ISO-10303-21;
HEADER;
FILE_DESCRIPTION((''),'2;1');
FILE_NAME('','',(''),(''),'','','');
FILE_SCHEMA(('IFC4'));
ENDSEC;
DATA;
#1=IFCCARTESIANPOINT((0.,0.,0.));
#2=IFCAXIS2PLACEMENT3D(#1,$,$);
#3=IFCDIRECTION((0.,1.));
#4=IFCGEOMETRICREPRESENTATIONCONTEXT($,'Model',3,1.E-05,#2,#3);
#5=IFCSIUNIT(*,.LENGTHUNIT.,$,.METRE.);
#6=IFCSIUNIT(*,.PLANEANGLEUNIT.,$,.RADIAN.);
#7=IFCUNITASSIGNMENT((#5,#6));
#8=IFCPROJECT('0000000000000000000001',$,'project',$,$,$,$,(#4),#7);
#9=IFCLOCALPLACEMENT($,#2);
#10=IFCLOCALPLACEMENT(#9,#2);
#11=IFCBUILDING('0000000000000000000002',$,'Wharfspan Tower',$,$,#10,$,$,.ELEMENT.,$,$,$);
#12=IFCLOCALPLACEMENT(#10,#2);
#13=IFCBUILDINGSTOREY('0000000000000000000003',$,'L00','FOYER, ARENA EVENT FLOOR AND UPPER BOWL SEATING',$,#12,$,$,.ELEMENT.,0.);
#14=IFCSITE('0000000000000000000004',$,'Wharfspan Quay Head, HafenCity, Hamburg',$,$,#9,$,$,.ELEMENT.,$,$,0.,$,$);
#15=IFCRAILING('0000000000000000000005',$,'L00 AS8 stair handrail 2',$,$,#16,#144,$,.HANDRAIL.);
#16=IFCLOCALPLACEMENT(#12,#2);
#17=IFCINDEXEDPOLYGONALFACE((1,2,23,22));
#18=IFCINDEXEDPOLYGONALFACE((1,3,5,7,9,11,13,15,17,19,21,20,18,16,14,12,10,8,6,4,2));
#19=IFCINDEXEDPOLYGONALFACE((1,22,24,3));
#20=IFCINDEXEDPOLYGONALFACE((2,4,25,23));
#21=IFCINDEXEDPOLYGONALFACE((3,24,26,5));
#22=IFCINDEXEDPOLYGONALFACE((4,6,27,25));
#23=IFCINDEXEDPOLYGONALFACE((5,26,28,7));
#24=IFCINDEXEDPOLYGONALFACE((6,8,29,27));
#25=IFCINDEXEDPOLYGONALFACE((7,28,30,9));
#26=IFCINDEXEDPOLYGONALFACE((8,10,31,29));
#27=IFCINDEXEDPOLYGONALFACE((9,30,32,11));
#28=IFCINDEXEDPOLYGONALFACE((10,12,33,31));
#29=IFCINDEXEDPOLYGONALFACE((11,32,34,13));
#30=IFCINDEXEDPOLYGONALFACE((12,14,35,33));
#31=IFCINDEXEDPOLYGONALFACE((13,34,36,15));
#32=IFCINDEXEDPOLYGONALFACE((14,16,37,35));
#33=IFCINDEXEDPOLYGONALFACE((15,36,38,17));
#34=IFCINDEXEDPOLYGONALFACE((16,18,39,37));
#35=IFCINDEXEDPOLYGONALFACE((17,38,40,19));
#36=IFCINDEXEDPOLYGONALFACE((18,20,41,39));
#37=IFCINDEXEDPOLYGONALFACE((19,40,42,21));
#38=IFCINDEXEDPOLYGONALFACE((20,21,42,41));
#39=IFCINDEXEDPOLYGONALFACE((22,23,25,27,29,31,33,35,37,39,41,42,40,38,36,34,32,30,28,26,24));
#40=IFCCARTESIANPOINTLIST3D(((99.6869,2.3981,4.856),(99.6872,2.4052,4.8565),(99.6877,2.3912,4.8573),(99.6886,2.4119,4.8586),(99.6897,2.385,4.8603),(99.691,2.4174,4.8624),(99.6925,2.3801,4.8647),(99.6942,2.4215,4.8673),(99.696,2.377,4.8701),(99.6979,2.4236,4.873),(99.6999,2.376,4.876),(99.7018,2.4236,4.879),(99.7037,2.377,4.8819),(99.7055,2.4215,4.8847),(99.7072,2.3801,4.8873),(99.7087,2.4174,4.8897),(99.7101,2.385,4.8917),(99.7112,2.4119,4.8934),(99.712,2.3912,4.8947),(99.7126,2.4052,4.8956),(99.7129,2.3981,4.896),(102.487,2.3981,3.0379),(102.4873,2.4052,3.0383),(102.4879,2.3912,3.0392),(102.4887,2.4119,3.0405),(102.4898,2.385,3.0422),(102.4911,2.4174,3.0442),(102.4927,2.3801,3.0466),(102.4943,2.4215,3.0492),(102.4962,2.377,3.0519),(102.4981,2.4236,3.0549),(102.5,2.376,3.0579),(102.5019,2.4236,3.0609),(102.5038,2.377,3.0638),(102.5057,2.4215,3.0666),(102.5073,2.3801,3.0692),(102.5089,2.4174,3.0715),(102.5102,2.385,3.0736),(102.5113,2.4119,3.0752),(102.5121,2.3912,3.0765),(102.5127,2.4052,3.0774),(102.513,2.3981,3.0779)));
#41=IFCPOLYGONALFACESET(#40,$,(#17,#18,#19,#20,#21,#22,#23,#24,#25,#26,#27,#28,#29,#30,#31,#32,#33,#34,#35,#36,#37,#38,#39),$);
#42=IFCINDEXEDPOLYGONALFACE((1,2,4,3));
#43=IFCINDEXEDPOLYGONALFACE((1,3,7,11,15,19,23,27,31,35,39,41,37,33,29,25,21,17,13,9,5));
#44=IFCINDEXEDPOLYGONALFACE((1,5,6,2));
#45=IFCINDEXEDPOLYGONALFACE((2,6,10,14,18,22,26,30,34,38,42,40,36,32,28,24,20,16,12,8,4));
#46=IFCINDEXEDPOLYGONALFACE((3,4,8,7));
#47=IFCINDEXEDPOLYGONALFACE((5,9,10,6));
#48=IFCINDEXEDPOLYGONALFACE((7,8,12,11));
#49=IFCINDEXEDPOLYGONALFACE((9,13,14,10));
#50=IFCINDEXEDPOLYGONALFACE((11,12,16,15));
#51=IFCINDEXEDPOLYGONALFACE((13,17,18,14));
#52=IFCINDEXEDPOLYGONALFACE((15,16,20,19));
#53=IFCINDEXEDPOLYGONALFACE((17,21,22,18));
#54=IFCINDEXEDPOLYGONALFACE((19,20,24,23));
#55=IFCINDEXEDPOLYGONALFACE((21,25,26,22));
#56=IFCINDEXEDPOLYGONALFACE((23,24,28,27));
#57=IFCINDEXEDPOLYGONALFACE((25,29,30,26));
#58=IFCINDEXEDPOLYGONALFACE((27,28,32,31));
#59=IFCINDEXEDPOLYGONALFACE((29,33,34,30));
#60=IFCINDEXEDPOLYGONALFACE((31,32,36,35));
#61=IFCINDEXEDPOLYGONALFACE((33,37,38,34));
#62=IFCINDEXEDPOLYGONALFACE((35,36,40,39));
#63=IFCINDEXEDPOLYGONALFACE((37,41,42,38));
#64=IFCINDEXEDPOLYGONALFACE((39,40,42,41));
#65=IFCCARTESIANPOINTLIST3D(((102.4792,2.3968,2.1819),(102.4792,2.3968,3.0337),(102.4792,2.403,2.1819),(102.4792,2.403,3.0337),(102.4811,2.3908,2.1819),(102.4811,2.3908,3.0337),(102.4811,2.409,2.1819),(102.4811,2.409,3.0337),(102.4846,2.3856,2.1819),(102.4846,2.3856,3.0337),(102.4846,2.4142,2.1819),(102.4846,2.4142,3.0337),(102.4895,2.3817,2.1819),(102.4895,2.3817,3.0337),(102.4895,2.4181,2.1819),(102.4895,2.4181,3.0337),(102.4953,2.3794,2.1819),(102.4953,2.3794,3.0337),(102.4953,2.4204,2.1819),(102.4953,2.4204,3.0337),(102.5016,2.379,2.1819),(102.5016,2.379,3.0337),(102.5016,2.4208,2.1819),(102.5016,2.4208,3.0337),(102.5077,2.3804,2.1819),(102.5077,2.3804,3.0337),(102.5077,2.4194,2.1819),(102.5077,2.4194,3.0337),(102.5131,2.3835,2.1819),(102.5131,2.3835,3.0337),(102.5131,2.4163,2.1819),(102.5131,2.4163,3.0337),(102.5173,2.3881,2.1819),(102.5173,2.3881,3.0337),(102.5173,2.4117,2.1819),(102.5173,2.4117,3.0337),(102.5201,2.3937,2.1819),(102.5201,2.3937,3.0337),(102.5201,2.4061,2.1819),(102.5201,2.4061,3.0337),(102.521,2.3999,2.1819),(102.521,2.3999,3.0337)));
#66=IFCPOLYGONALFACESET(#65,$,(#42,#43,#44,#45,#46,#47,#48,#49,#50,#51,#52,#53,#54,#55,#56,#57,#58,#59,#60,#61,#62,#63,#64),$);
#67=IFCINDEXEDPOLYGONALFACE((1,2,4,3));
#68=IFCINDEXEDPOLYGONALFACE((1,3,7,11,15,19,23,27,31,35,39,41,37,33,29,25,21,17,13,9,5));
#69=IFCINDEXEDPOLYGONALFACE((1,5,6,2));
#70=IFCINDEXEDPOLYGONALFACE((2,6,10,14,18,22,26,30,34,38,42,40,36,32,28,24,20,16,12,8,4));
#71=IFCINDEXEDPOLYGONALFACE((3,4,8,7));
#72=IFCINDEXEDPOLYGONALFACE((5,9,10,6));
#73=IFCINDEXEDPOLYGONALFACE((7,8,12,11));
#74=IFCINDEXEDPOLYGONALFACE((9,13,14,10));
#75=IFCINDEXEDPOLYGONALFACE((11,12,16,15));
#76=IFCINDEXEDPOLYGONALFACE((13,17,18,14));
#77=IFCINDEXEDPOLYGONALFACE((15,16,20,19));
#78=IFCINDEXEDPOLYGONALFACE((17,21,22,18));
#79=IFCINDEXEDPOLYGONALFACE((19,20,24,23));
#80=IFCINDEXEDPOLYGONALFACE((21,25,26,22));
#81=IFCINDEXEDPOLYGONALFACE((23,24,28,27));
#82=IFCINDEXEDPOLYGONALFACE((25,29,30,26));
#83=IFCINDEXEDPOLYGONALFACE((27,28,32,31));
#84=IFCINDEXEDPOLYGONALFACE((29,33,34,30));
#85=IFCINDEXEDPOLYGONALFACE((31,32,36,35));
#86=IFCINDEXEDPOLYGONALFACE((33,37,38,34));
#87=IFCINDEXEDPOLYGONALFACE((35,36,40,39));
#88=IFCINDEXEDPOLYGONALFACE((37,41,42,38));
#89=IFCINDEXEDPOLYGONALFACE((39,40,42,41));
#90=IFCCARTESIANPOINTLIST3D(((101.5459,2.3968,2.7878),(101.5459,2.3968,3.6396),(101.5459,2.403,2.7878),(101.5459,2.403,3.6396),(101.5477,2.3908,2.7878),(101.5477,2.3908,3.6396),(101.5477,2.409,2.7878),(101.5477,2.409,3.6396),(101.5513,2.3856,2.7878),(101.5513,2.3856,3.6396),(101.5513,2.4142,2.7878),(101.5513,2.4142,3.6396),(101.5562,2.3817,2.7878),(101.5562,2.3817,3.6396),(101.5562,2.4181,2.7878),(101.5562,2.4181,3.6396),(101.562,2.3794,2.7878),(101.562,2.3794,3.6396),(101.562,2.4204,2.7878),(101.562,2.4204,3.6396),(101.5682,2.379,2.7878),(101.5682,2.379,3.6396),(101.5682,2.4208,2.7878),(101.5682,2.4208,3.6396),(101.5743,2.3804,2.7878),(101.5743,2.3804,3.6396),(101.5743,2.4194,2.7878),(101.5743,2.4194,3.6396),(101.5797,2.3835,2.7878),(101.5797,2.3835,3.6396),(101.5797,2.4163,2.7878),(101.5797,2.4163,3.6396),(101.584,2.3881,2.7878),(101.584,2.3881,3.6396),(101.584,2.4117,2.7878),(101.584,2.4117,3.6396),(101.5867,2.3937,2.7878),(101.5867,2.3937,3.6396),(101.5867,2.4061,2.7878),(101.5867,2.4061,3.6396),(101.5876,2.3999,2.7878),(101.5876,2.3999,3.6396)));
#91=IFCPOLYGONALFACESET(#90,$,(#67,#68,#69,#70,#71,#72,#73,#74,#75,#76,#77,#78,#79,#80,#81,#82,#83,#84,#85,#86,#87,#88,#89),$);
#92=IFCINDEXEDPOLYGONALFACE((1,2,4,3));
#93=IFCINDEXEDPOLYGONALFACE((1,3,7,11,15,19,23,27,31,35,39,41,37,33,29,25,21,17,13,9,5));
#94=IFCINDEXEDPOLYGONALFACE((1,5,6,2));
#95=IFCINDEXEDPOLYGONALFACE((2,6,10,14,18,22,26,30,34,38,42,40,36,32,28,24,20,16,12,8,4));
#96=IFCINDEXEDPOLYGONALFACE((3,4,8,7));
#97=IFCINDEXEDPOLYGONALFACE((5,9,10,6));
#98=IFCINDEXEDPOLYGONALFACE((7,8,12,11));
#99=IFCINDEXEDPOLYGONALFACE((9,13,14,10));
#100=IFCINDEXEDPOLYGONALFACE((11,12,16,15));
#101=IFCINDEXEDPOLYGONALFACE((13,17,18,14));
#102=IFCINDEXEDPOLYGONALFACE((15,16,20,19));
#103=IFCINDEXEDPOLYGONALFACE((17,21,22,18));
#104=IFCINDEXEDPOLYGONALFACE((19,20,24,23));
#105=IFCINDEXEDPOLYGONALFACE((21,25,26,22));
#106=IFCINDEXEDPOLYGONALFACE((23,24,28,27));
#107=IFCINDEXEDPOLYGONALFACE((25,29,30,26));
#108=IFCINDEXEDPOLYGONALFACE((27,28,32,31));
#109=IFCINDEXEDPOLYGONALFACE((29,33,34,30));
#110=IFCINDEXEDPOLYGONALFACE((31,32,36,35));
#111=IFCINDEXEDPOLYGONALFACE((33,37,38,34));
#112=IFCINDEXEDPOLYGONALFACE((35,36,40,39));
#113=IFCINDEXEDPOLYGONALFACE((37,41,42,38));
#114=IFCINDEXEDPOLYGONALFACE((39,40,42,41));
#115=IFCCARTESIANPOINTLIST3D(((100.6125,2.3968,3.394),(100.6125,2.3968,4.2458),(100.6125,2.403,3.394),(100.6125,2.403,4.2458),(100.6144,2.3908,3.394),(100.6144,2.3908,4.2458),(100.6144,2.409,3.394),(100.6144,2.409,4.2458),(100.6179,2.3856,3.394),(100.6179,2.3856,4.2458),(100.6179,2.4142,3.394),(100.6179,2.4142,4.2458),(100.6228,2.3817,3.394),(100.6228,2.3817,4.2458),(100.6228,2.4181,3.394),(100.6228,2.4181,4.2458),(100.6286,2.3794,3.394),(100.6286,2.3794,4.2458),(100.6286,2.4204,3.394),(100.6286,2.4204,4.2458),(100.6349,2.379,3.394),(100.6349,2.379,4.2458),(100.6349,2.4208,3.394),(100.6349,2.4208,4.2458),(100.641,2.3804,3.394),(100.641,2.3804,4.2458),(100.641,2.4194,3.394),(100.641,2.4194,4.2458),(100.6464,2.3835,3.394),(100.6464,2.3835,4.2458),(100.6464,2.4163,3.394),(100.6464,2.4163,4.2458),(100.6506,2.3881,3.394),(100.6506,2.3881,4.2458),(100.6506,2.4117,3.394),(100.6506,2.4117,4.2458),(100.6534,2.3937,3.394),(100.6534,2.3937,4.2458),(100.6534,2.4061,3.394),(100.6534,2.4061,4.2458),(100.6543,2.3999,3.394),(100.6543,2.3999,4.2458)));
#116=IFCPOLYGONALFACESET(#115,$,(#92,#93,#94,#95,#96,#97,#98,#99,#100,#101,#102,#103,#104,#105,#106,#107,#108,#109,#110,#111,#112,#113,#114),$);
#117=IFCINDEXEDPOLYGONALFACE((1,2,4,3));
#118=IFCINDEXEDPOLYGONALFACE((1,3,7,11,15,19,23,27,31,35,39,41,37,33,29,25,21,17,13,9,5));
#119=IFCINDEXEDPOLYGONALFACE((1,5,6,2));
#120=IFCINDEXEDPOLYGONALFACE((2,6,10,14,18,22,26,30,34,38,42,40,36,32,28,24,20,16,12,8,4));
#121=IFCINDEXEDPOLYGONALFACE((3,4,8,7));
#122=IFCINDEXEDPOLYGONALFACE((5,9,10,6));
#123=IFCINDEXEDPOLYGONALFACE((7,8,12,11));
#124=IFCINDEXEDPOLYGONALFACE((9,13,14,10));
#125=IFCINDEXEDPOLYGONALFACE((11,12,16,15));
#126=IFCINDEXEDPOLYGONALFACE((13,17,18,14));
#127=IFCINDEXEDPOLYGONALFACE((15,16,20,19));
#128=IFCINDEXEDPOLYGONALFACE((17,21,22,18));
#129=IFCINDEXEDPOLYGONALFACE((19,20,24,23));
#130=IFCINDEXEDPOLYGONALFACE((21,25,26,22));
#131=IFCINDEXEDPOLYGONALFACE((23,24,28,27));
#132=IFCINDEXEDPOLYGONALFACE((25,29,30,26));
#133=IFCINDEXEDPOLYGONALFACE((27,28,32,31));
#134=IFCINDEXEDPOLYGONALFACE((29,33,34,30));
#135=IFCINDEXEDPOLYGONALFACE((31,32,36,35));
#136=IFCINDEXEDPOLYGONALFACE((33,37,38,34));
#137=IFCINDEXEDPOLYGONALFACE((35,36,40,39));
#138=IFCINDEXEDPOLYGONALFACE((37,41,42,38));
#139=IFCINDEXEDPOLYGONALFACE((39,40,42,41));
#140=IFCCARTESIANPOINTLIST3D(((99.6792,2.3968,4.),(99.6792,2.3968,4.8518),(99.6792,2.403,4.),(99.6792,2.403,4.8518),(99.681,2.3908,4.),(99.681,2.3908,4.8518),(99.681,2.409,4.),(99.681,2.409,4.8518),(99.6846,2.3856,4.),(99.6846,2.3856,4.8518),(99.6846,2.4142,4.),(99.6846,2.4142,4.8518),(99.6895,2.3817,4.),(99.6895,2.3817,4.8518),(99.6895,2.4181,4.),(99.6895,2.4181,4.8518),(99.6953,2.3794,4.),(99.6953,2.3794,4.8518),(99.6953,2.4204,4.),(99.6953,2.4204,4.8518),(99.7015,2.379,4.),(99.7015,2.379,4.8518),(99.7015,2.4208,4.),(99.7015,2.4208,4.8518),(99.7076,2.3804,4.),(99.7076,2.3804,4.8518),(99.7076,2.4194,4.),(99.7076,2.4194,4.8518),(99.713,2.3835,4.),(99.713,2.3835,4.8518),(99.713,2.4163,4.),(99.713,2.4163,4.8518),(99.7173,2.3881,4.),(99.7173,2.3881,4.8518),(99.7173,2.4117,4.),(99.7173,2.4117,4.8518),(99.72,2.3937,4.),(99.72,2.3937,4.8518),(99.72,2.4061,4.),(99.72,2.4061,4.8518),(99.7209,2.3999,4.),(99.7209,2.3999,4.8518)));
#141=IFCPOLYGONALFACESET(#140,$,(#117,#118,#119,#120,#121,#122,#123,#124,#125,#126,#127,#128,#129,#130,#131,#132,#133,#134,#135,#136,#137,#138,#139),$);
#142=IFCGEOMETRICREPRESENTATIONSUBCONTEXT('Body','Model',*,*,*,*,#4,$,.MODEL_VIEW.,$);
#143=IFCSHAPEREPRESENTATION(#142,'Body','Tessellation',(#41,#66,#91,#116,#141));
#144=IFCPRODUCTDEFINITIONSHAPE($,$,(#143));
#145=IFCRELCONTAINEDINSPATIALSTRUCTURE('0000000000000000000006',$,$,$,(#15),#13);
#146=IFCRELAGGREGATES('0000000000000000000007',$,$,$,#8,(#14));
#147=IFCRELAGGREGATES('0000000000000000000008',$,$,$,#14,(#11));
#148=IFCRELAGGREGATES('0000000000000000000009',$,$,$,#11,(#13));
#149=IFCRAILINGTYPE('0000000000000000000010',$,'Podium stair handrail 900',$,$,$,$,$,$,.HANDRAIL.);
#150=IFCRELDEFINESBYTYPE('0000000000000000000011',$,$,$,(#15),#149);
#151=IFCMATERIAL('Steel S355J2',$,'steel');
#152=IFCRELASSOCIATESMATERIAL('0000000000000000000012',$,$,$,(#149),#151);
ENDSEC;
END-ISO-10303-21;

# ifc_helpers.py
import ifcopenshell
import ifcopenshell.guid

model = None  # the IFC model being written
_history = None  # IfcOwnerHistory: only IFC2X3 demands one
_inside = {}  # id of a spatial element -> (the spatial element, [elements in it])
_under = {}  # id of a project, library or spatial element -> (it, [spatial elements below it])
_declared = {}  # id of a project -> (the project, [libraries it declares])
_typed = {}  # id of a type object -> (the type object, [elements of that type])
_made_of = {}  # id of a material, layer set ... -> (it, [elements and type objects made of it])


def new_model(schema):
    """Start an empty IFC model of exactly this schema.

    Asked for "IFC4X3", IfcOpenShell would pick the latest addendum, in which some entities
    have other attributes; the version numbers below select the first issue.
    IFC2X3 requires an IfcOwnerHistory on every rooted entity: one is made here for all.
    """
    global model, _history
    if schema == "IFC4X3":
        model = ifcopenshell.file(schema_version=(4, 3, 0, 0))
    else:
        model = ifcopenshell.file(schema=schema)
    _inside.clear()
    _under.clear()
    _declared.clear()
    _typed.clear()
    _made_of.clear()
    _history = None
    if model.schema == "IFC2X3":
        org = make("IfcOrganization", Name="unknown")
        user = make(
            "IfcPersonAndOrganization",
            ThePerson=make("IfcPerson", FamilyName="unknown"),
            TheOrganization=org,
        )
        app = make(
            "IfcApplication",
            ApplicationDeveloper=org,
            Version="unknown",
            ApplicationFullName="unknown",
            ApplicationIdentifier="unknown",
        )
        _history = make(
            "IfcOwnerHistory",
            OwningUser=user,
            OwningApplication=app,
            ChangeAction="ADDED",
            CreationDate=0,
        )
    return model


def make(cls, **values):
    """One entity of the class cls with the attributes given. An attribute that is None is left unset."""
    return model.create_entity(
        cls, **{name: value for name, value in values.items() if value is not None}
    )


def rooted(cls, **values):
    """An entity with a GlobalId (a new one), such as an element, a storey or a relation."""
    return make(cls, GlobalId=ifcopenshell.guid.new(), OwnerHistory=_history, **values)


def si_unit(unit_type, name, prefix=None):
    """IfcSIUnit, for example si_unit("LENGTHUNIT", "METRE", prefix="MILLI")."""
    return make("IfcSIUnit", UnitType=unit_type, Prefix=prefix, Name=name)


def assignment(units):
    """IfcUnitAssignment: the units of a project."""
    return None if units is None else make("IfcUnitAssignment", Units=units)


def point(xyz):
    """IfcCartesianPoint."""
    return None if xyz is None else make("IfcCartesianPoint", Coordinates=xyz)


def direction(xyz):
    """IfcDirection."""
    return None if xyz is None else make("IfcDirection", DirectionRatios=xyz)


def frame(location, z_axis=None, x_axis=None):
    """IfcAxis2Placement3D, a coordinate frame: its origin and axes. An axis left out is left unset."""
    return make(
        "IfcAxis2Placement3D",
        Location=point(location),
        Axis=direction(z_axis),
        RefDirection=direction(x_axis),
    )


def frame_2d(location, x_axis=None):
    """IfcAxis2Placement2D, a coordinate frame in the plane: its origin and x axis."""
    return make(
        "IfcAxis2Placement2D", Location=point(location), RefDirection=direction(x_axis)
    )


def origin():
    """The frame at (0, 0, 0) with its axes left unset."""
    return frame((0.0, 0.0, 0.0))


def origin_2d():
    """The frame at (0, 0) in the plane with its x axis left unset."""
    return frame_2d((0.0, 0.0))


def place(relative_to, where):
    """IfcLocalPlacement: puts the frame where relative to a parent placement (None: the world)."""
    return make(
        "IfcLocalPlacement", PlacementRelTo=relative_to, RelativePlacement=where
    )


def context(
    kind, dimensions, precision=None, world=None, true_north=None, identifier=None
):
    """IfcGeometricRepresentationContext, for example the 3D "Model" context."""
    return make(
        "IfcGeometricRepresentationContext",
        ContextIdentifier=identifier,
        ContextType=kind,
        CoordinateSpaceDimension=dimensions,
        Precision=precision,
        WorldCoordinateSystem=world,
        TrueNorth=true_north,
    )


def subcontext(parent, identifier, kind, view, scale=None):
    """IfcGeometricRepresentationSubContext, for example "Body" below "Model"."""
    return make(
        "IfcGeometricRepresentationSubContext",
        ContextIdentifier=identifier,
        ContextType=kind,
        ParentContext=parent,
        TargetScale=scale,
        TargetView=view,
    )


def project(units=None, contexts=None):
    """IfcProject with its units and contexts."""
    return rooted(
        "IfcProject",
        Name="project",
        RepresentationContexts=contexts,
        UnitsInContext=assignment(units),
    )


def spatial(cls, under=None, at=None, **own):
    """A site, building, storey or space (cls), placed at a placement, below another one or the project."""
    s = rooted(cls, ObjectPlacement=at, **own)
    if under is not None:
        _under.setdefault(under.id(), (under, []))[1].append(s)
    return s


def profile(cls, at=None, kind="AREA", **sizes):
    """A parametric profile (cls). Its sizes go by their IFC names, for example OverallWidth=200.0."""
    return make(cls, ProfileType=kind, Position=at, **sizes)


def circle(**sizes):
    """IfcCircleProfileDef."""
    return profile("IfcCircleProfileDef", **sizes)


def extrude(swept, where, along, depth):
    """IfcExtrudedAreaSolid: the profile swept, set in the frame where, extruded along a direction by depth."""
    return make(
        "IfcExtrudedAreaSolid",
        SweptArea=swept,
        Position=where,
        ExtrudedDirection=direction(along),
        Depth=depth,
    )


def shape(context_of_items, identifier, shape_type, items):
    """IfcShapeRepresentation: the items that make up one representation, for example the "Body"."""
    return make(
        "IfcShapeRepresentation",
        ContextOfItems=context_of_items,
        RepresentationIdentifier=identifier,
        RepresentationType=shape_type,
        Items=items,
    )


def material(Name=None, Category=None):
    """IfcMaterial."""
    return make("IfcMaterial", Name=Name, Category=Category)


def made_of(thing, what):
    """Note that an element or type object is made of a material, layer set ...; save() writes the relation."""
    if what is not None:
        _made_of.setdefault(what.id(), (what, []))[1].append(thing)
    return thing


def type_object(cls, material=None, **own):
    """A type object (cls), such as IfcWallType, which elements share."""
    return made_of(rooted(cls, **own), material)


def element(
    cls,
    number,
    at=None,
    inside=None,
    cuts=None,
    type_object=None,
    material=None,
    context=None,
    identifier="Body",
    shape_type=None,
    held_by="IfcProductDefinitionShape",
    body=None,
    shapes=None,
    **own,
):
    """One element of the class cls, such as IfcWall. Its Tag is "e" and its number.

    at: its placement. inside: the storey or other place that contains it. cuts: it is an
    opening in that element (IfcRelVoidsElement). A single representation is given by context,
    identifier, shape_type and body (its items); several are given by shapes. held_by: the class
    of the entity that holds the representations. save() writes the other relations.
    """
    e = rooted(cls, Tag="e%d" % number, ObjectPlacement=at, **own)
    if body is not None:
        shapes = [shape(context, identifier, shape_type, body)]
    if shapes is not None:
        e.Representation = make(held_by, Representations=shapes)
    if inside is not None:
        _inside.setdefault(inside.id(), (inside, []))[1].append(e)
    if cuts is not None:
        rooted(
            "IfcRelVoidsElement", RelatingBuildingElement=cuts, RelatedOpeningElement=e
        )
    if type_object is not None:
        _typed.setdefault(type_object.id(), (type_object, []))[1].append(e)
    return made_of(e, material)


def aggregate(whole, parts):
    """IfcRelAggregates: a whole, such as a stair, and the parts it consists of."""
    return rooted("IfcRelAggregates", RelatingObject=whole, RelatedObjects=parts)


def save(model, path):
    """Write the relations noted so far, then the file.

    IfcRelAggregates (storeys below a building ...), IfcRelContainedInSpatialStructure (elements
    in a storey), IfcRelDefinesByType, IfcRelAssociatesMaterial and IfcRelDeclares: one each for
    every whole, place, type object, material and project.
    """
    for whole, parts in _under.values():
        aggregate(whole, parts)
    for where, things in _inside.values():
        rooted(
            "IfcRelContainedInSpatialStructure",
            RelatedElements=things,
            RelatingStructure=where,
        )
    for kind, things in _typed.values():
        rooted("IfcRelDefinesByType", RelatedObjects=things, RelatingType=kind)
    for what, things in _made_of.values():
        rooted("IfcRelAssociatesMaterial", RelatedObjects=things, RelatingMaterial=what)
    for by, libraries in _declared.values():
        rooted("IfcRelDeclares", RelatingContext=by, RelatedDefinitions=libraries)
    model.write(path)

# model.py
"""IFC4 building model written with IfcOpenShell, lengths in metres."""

from ifc_helpers import new_model, si_unit, direction, frame, origin, origin_2d, place, context, subcontext, project, spatial, circle, extrude, material, type_object, element, save


model = new_model("IFC4")

# Units and contexts
model_context = context("Model", 3, precision=1e-05, world=origin(), true_north=direction((0.0, 1.0)))
body_context = subcontext(model_context, "Body", "Model", "MODEL_VIEW")
ifc_project = project(units=[si_unit("LENGTHUNIT", "METRE"), si_unit("PLANEANGLEUNIT", "RADIAN")], contexts=[model_context])

# Site, building, storey
site_placement = place(None, origin())
site = spatial("IfcSite", under=ifc_project, at=site_placement, Name="Wharfspan Quay Head, HafenCity, Hamburg", CompositionType="ELEMENT", RefElevation=0.0)
building_placement = place(site_placement, origin())
building = spatial("IfcBuilding", under=site, at=building_placement, Name="Wharfspan Tower", CompositionType="ELEMENT")
storey_placement = place(building_placement, origin())
storey = spatial("IfcBuildingStorey", under=building, at=storey_placement, Name="L00", Description="FOYER, ARENA EVENT FLOOR AND UPPER BOWL SEATING", CompositionType="ELEMENT", Elevation=0.0)

# Shared definitions
ifc_material_1 = material(Name="Steel S355J2", Category="steel")

# Railing
railing_type_1 = type_object("IfcRailingType", Name="Podium stair handrail 900", PredefinedType="HANDRAIL", material=ifc_material_1)
railing_1_placement = place(storey_placement, frame((102.5, 2.3999, 2.1819)))
element("IfcRailing", 1, at=railing_1_placement, inside=storey, type_object=railing_type_1, Name="L00 AS8 stair handrail 2", PredefinedType="HANDRAIL", context=body_context, shape_type="SweptSolid", body=[
    extrude(circle(Radius=0.0239, at=origin_2d()), frame((0.0, 0.0, 0.876), z_axis=(-0.838706, 0.0, 0.544585), x_axis=(0.0, -1.0, 0.0)), (0.0, 0.0, 1.0), 3.3386),
    extrude(circle(Radius=0.021, at=origin_2d()), origin(), (0.0, 0.0, 1.0), 0.8518),
    extrude(circle(Radius=0.021, at=origin_2d()), frame((-0.9334, 0.0, 0.606)), (0.0, 0.0, 1.0), 0.8518),
    extrude(circle(Radius=0.021, at=origin_2d()), frame((-1.8667, 0.0, 1.2122)), (0.0, 0.0, 1.0), 0.8518),
    extrude(circle(Radius=0.021, at=origin_2d()), frame((-2.8, 0.0, 1.8181)), (0.0, 0.0, 1.0), 0.8518),
])

save(model, "model.ifc")
